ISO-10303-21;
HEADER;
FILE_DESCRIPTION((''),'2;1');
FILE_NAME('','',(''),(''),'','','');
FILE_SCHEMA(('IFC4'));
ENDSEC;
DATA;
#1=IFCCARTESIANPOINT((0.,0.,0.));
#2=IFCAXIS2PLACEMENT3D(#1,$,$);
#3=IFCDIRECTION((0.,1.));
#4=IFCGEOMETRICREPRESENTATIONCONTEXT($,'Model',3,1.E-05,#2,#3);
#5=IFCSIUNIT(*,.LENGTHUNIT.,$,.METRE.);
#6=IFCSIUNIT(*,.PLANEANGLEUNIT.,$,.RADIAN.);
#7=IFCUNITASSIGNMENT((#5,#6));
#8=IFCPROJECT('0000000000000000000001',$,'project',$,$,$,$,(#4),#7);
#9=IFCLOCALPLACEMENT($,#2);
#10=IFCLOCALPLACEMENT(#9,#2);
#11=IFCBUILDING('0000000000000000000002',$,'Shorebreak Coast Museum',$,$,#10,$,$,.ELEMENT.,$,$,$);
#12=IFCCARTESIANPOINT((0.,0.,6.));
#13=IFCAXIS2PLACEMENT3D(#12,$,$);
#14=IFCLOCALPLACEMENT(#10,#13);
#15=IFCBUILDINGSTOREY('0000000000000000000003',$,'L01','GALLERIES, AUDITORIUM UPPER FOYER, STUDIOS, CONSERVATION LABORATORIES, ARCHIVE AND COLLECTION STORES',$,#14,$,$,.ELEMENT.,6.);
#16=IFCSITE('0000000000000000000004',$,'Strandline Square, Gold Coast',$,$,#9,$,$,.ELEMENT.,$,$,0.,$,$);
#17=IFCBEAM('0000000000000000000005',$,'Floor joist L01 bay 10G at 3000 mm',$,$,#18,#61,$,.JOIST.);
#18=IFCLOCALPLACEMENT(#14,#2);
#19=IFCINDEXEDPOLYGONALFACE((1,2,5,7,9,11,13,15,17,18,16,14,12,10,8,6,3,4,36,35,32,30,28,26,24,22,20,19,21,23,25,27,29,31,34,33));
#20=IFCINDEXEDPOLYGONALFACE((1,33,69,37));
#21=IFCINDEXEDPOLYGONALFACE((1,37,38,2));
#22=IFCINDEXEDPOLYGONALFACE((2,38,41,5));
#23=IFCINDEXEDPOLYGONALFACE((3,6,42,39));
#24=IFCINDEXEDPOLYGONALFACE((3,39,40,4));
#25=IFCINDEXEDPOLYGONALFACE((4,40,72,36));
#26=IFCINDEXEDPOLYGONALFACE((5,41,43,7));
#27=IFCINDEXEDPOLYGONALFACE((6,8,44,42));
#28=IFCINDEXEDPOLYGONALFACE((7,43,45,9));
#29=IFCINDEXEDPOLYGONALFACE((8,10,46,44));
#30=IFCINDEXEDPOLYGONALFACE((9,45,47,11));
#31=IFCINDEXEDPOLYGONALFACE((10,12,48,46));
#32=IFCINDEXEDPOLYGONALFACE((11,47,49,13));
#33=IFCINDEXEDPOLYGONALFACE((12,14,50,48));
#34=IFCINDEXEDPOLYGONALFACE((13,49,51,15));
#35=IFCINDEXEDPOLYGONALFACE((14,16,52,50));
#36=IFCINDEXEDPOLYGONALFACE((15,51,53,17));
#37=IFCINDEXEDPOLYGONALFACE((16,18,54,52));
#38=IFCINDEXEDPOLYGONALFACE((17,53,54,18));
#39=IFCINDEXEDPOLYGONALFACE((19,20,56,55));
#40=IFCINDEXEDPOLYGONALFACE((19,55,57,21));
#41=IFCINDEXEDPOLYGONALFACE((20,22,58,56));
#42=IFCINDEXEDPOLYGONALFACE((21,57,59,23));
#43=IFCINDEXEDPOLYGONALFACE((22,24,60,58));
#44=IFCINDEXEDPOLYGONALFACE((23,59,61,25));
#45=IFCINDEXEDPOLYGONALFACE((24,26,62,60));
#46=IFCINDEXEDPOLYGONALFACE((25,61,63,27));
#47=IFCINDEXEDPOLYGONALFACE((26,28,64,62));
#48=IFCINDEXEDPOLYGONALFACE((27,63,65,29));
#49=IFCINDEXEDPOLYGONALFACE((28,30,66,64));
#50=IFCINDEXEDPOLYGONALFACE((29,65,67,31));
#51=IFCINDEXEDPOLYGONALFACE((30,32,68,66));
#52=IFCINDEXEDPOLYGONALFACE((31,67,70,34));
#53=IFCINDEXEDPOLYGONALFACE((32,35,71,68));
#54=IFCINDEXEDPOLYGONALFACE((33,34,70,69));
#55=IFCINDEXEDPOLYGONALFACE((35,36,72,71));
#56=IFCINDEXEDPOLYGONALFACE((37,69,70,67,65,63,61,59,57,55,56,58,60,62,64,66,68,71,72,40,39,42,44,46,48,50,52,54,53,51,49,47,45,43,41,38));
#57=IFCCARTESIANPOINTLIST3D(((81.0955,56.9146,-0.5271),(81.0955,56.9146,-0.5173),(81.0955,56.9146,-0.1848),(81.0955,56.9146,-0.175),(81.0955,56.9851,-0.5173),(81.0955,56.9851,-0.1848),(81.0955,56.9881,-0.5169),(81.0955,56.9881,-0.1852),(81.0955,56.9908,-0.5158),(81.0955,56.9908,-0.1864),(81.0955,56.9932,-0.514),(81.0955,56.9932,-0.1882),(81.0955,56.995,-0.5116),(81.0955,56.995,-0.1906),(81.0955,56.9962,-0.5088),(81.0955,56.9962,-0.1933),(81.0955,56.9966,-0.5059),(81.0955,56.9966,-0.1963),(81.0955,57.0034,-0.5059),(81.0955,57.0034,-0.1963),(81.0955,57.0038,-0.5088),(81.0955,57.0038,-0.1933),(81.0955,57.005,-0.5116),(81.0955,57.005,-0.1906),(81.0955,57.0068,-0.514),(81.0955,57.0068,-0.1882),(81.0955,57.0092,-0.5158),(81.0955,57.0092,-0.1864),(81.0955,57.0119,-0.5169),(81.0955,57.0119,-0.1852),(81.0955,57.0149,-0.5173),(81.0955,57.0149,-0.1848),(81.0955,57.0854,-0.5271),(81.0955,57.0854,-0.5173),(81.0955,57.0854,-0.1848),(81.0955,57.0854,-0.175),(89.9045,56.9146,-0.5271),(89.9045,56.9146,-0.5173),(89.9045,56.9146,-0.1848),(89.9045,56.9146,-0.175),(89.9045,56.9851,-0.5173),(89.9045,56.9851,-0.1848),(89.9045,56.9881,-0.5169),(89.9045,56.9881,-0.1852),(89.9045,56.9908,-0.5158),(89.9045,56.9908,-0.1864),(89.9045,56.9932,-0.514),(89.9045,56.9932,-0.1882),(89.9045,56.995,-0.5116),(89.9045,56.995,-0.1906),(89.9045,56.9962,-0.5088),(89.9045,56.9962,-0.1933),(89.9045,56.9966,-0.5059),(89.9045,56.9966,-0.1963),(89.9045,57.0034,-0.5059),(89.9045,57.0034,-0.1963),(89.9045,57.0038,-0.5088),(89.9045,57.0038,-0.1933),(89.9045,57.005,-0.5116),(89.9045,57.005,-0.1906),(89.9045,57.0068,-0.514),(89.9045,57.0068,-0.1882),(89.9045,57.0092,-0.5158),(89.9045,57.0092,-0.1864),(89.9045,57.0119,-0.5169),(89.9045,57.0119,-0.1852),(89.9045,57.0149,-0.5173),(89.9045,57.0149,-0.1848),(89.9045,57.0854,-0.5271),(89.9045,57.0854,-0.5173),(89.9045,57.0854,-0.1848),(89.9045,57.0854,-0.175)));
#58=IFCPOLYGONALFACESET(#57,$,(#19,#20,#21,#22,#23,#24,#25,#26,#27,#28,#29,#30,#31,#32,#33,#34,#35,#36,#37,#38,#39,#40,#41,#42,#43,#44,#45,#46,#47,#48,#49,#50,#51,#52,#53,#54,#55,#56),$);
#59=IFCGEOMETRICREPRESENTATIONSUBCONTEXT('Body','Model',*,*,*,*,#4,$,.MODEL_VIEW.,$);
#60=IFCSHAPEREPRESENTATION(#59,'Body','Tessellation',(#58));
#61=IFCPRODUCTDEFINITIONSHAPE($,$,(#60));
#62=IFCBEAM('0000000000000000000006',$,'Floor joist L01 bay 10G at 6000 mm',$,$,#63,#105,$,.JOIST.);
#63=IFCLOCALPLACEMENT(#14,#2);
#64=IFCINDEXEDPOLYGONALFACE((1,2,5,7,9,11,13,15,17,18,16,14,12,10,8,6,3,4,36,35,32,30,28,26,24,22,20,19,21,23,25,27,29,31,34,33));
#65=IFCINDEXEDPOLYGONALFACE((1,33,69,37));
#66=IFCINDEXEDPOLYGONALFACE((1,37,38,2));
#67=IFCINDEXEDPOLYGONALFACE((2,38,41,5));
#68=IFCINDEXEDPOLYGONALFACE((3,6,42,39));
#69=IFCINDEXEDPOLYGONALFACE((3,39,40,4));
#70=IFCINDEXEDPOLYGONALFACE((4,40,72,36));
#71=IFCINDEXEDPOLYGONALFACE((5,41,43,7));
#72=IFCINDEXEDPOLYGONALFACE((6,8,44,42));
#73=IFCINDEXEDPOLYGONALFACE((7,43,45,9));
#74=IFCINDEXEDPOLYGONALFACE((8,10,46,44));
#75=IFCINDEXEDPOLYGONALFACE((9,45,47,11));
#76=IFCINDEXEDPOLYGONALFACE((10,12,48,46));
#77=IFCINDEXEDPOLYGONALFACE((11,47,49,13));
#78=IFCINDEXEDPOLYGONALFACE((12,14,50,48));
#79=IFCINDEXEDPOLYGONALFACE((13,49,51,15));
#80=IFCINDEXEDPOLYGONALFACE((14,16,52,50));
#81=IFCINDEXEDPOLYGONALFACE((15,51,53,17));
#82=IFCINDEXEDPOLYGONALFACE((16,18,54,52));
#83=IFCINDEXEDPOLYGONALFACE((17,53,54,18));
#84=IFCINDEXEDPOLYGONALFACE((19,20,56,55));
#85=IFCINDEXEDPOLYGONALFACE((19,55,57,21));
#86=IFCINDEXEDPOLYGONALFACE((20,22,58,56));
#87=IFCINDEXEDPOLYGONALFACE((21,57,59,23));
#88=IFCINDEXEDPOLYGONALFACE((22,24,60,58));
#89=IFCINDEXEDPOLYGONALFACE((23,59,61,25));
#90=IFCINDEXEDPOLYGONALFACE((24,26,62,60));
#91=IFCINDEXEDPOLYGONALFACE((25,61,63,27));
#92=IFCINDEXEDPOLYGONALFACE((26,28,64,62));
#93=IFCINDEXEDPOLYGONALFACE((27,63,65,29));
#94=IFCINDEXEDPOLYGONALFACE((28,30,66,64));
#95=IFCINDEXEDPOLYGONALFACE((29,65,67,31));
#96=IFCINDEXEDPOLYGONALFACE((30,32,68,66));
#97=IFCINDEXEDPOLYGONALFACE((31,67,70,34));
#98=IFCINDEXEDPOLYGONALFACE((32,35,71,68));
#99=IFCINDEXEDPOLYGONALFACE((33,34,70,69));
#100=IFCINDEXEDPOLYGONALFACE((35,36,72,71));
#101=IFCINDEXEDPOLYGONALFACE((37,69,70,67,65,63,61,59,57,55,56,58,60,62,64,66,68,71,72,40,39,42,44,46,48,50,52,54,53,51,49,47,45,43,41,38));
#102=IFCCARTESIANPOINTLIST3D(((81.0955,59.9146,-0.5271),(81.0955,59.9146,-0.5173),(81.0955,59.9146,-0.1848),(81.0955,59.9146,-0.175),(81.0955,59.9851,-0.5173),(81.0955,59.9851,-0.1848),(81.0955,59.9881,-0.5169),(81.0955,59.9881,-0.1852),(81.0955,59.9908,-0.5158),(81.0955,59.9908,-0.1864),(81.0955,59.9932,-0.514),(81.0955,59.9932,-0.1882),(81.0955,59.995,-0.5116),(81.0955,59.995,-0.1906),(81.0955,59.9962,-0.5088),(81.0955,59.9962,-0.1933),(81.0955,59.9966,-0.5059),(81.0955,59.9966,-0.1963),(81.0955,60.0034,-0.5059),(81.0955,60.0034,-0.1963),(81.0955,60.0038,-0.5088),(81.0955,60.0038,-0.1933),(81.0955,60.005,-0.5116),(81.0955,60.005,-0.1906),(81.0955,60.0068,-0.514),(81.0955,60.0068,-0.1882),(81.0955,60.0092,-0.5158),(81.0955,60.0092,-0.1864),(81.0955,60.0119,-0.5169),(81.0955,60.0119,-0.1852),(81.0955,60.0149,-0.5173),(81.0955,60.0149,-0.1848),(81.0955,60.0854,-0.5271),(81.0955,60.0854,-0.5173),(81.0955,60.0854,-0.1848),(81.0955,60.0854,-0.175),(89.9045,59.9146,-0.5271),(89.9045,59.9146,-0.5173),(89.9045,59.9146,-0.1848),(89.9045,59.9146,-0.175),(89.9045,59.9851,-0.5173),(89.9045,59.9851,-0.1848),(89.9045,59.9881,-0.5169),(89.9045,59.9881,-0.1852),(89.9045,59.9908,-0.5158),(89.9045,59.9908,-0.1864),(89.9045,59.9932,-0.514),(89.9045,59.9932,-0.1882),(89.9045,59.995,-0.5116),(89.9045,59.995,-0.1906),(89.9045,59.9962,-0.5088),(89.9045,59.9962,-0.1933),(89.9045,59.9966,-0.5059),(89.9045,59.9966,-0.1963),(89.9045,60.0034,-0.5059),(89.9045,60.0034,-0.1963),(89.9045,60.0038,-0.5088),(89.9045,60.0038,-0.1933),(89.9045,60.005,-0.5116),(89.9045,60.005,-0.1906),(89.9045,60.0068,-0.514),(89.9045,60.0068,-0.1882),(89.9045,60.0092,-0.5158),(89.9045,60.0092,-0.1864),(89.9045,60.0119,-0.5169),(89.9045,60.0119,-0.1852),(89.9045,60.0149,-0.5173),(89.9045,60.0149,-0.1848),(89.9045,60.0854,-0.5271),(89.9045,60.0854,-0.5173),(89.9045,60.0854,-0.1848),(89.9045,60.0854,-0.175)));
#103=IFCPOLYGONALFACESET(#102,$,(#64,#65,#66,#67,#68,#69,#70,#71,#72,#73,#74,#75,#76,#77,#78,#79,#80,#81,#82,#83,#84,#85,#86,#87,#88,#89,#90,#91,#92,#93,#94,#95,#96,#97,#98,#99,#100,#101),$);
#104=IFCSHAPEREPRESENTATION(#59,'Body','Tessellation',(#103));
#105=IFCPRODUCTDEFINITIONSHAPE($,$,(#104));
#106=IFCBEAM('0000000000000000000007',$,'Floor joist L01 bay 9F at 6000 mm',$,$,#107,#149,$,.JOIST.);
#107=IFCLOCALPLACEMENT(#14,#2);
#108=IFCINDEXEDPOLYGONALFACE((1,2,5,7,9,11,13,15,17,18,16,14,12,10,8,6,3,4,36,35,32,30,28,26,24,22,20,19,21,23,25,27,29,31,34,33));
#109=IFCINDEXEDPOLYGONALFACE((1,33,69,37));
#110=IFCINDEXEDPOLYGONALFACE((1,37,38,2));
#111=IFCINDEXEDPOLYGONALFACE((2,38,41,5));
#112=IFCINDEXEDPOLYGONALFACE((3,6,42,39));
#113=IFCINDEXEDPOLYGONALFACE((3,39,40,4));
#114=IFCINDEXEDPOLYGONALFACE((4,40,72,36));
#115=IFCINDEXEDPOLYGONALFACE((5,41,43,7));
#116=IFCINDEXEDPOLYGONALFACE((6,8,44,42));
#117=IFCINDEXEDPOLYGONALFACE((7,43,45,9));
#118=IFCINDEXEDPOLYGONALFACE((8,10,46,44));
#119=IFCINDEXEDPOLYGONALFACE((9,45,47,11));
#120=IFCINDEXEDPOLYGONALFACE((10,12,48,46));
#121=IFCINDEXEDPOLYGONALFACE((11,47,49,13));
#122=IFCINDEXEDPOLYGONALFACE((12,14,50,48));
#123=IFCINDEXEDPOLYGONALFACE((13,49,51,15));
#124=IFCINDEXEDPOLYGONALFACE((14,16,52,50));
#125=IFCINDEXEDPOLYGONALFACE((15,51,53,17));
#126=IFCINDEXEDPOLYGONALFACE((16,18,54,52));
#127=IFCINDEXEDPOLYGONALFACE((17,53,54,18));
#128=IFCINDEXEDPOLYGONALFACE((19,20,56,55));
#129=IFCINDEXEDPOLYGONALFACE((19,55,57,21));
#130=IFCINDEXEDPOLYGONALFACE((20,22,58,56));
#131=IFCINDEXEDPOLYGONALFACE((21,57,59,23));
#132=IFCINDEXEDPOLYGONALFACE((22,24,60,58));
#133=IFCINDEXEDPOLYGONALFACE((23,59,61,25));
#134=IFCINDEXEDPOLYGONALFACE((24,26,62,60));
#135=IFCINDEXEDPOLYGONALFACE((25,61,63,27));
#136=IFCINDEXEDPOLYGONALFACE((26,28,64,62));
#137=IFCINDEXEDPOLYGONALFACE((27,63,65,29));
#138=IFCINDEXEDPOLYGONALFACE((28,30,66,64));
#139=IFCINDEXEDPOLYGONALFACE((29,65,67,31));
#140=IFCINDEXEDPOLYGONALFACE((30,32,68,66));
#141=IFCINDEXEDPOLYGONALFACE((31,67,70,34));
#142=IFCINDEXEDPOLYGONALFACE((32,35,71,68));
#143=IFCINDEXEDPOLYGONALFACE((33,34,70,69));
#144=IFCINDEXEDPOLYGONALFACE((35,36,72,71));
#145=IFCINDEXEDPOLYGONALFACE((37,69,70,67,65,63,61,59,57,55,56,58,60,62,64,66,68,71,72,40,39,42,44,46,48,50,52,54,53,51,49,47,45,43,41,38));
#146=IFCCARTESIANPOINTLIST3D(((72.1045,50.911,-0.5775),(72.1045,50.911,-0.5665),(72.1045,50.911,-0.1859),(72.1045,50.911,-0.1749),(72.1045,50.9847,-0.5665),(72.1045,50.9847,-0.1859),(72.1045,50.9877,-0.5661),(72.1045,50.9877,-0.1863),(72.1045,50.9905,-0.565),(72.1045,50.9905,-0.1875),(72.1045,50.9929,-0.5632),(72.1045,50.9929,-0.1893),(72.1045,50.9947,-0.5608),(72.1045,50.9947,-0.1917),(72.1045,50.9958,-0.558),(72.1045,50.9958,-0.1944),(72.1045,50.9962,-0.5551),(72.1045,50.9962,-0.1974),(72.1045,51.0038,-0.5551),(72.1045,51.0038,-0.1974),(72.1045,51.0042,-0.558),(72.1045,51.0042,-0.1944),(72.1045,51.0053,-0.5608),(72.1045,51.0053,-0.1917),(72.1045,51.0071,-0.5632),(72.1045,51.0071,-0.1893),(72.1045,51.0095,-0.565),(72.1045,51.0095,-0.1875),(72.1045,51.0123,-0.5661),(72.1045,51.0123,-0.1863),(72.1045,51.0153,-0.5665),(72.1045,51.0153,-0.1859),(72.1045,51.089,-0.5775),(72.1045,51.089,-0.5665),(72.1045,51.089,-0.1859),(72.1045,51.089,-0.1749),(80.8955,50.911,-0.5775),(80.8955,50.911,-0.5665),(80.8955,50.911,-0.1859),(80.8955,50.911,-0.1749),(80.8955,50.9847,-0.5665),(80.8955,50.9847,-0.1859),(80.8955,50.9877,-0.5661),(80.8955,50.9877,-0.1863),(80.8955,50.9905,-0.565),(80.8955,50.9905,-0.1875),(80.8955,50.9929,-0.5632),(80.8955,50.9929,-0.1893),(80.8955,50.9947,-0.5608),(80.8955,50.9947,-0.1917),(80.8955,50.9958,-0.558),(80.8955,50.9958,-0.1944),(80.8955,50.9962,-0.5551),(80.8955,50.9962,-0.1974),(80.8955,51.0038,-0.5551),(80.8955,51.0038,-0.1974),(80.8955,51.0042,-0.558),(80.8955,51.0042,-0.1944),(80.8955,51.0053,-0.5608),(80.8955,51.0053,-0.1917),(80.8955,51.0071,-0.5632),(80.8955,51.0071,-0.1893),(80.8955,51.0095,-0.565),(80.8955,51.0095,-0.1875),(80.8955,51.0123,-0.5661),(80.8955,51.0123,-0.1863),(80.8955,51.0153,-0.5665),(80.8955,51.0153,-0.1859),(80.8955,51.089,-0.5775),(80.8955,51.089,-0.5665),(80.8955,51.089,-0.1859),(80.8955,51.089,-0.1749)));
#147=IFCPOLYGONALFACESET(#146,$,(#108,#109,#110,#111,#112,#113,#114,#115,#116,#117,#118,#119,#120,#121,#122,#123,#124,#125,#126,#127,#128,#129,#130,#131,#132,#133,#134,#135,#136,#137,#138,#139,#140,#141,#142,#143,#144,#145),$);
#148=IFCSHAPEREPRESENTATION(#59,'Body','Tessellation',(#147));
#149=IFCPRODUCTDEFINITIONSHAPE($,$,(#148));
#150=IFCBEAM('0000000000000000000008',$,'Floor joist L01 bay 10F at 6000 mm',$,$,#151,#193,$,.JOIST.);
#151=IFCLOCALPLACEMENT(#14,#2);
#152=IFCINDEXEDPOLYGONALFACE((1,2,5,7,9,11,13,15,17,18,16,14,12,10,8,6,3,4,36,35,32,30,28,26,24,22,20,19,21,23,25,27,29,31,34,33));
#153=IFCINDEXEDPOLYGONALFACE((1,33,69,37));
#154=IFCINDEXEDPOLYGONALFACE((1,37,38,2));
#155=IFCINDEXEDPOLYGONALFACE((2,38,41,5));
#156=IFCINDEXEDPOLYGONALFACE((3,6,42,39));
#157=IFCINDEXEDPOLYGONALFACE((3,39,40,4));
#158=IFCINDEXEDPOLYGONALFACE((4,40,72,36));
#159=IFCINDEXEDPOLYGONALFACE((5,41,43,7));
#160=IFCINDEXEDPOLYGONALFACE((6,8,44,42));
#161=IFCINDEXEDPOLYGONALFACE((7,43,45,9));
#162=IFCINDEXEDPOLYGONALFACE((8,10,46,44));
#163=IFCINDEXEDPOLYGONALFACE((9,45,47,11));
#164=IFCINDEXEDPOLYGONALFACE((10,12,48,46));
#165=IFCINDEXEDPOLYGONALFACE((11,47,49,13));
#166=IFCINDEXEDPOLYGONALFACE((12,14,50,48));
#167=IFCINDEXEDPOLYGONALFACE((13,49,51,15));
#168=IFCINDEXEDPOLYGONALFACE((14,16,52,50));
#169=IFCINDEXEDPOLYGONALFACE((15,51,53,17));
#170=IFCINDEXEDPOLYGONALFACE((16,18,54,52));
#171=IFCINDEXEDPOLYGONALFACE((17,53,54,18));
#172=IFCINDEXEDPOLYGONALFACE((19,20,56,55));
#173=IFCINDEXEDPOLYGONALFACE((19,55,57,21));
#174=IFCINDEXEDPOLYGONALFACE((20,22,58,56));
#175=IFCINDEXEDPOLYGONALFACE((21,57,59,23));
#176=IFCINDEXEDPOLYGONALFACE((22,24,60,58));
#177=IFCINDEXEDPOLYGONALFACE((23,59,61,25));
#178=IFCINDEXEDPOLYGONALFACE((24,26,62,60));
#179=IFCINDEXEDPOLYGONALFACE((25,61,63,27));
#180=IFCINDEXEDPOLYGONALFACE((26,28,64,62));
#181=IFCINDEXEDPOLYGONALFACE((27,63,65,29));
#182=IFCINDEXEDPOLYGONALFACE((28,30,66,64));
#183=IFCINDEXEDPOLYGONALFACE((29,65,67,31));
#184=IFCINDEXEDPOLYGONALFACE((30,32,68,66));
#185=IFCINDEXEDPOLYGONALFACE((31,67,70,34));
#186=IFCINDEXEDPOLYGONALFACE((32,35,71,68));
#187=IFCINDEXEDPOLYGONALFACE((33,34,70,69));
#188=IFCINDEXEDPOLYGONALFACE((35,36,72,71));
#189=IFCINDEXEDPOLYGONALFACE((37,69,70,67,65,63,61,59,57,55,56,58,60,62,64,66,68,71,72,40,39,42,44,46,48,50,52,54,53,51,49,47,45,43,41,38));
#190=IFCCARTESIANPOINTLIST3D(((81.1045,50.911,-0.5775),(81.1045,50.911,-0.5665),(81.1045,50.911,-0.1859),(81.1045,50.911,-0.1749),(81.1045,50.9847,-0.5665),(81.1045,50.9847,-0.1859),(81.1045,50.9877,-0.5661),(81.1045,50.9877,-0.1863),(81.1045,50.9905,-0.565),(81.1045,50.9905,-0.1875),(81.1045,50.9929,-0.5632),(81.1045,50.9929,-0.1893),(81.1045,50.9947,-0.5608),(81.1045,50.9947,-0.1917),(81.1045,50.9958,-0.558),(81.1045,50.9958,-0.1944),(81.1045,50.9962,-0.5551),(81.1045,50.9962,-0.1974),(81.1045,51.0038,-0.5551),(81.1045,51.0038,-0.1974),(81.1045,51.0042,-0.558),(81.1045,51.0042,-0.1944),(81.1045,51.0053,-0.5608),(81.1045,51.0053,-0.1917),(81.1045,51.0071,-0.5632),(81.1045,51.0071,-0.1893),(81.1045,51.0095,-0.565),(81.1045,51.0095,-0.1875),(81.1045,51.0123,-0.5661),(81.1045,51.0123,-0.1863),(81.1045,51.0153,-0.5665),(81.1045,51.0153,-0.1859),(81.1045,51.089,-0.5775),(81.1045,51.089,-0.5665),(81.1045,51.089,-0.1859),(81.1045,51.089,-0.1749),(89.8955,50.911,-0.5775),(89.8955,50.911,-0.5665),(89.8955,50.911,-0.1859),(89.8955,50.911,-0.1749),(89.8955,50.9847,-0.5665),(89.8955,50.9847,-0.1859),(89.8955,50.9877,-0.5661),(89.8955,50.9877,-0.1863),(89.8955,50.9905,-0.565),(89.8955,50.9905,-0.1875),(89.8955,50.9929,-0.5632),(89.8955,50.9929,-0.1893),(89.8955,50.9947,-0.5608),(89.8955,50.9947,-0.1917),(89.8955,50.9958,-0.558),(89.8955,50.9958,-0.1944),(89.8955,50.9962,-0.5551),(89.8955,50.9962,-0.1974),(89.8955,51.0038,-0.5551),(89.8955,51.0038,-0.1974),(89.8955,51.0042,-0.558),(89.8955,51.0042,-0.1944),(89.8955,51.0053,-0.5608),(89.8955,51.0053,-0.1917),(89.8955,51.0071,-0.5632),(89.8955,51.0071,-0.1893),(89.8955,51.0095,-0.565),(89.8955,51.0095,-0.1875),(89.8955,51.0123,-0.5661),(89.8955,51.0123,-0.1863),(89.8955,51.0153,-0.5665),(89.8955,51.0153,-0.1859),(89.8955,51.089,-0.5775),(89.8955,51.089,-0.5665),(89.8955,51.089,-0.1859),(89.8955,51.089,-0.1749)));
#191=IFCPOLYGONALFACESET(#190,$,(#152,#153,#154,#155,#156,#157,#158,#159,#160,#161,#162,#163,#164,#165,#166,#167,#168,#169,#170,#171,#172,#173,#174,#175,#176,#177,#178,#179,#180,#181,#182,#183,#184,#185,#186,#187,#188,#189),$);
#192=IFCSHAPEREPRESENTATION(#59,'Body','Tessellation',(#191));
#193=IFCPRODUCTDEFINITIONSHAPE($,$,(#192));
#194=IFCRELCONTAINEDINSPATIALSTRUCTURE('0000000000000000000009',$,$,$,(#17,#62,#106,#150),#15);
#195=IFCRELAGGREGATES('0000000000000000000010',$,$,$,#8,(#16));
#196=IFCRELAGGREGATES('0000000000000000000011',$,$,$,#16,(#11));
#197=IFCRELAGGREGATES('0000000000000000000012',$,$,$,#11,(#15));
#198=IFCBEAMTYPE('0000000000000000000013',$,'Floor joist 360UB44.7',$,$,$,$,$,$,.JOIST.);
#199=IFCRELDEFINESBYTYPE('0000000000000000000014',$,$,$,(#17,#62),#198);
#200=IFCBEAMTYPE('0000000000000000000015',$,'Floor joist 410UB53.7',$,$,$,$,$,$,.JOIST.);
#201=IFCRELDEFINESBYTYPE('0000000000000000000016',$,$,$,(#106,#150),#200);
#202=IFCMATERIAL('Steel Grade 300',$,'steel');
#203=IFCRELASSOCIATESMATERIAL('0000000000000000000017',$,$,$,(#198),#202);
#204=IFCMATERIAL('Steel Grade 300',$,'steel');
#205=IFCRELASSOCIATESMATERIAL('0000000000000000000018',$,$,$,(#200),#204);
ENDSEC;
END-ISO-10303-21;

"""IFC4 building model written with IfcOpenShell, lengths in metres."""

from ifc_helpers import new_model, si_unit, direction, frame, origin, origin_2d, place, context, subcontext, project, spatial, i_section, extrude, material, material_profile, profile_set, type_object, element, save


model = new_model("IFC4")

# Units and contexts
model_context = context("Model", 3, precision=1e-05, world=origin(), true_north=direction((0.0, 1.0)))
body_context = subcontext(model_context, "Body", "Model", "MODEL_VIEW")
ifc_project = project(units=[si_unit("LENGTHUNIT", "METRE"), si_unit("PLANEANGLEUNIT", "RADIAN")], contexts=[model_context])

# Site, building, storey
site_placement = place(None, origin())
site = spatial("IfcSite", under=ifc_project, at=site_placement, Name="Strandline Square, Gold Coast", CompositionType="ELEMENT", RefElevation=0.0)
building_placement = place(site_placement, origin())
building = spatial("IfcBuilding", under=site, at=building_placement, Name="Shorebreak Coast Museum", CompositionType="ELEMENT")
storey_placement = place(building_placement, frame((0.0, 0.0, 6.0)))
storey = spatial("IfcBuildingStorey", under=building, at=storey_placement, Name="L01", Description="GALLERIES, AUDITORIUM UPPER FOYER, STUDIOS, CONSERVATION LABORATORIES, ARCHIVE AND COLLECTION STORES", CompositionType="ELEMENT", Elevation=6.0)

# Beams
ifc_material_1 = material(Name="Steel Grade 300", Category="steel")
ifc_material_profile_1 = material_profile(ifc_material_1, i_section(OverallWidth=0.1709, OverallDepth=0.3521, WebThickness=0.0068, FlangeThickness=0.0098, FilletRadius=0.0115, at=origin_2d()), Name="360UB44.7")
ifc_profile_set_1 = profile_set([ifc_material_profile_1], Name="Steel Grade 300")
beam_type_1 = type_object("IfcBeamType", Name="Floor joist 360UB44.7", PredefinedType="JOIST", material=ifc_profile_set_1)
for number, where, z_axis, x_axis, name in (
    (1, (81.0955, 57.0, -0.3511), (1.0, 0.0, 0.0), (0.0, 1.0, 0.0), "Floor joist L01 bay 10G at 3000 mm"),
    (2, (81.0955, 60.0, -0.3511), (1.0, 0.0, 0.0), (0.0, 1.0, 0.0), "Floor joist L01 bay 10G at 6000 mm"),
):
    element("IfcBeam", number, at=place(storey_placement, frame(where, z_axis=z_axis, x_axis=x_axis)), inside=storey, type_object=beam_type_1, Name=name, PredefinedType="JOIST", context=body_context, shape_type="SweptSolid", body=[
        extrude(i_section(OverallWidth=0.1709, OverallDepth=0.3521, WebThickness=0.0068, FlangeThickness=0.0098, FilletRadius=0.0115, at=origin_2d()), origin(), (0.0, 0.0, 1.0), 8.8091),
    ])
ifc_material_2 = material(Name="Steel Grade 300", Category="steel")
ifc_material_profile_2 = material_profile(ifc_material_2, i_section(OverallWidth=0.178, OverallDepth=0.4026, WebThickness=0.0076, FlangeThickness=0.011, FilletRadius=0.0115, at=origin_2d()), Name="410UB53.7")
ifc_profile_set_2 = profile_set([ifc_material_profile_2], Name="Steel Grade 300")
beam_type_2 = type_object("IfcBeamType", Name="Floor joist 410UB53.7", PredefinedType="JOIST", material=ifc_profile_set_2)
for number, where, z_axis, x_axis, name in (
    (3, (72.1045, 51.0, -0.3762), (1.0, 0.0, 0.0), (0.0, 1.0, 0.0), "Floor joist L01 bay 9F at 6000 mm"),
    (4, (81.1045, 51.0, -0.3762), (1.0, 0.0, 0.0), (0.0, 1.0, 0.0), "Floor joist L01 bay 10F at 6000 mm"),
):
    element("IfcBeam", number, at=place(storey_placement, frame(where, z_axis=z_axis, x_axis=x_axis)), inside=storey, type_object=beam_type_2, Name=name, PredefinedType="JOIST", context=body_context, shape_type="SweptSolid", body=[
        extrude(i_section(OverallWidth=0.178, OverallDepth=0.4026, WebThickness=0.0076, FlangeThickness=0.011, FilletRadius=0.0115, at=origin_2d()), origin(), (0.0, 0.0, 1.0), 8.791),
    ])

save(model, "model.ifc")
